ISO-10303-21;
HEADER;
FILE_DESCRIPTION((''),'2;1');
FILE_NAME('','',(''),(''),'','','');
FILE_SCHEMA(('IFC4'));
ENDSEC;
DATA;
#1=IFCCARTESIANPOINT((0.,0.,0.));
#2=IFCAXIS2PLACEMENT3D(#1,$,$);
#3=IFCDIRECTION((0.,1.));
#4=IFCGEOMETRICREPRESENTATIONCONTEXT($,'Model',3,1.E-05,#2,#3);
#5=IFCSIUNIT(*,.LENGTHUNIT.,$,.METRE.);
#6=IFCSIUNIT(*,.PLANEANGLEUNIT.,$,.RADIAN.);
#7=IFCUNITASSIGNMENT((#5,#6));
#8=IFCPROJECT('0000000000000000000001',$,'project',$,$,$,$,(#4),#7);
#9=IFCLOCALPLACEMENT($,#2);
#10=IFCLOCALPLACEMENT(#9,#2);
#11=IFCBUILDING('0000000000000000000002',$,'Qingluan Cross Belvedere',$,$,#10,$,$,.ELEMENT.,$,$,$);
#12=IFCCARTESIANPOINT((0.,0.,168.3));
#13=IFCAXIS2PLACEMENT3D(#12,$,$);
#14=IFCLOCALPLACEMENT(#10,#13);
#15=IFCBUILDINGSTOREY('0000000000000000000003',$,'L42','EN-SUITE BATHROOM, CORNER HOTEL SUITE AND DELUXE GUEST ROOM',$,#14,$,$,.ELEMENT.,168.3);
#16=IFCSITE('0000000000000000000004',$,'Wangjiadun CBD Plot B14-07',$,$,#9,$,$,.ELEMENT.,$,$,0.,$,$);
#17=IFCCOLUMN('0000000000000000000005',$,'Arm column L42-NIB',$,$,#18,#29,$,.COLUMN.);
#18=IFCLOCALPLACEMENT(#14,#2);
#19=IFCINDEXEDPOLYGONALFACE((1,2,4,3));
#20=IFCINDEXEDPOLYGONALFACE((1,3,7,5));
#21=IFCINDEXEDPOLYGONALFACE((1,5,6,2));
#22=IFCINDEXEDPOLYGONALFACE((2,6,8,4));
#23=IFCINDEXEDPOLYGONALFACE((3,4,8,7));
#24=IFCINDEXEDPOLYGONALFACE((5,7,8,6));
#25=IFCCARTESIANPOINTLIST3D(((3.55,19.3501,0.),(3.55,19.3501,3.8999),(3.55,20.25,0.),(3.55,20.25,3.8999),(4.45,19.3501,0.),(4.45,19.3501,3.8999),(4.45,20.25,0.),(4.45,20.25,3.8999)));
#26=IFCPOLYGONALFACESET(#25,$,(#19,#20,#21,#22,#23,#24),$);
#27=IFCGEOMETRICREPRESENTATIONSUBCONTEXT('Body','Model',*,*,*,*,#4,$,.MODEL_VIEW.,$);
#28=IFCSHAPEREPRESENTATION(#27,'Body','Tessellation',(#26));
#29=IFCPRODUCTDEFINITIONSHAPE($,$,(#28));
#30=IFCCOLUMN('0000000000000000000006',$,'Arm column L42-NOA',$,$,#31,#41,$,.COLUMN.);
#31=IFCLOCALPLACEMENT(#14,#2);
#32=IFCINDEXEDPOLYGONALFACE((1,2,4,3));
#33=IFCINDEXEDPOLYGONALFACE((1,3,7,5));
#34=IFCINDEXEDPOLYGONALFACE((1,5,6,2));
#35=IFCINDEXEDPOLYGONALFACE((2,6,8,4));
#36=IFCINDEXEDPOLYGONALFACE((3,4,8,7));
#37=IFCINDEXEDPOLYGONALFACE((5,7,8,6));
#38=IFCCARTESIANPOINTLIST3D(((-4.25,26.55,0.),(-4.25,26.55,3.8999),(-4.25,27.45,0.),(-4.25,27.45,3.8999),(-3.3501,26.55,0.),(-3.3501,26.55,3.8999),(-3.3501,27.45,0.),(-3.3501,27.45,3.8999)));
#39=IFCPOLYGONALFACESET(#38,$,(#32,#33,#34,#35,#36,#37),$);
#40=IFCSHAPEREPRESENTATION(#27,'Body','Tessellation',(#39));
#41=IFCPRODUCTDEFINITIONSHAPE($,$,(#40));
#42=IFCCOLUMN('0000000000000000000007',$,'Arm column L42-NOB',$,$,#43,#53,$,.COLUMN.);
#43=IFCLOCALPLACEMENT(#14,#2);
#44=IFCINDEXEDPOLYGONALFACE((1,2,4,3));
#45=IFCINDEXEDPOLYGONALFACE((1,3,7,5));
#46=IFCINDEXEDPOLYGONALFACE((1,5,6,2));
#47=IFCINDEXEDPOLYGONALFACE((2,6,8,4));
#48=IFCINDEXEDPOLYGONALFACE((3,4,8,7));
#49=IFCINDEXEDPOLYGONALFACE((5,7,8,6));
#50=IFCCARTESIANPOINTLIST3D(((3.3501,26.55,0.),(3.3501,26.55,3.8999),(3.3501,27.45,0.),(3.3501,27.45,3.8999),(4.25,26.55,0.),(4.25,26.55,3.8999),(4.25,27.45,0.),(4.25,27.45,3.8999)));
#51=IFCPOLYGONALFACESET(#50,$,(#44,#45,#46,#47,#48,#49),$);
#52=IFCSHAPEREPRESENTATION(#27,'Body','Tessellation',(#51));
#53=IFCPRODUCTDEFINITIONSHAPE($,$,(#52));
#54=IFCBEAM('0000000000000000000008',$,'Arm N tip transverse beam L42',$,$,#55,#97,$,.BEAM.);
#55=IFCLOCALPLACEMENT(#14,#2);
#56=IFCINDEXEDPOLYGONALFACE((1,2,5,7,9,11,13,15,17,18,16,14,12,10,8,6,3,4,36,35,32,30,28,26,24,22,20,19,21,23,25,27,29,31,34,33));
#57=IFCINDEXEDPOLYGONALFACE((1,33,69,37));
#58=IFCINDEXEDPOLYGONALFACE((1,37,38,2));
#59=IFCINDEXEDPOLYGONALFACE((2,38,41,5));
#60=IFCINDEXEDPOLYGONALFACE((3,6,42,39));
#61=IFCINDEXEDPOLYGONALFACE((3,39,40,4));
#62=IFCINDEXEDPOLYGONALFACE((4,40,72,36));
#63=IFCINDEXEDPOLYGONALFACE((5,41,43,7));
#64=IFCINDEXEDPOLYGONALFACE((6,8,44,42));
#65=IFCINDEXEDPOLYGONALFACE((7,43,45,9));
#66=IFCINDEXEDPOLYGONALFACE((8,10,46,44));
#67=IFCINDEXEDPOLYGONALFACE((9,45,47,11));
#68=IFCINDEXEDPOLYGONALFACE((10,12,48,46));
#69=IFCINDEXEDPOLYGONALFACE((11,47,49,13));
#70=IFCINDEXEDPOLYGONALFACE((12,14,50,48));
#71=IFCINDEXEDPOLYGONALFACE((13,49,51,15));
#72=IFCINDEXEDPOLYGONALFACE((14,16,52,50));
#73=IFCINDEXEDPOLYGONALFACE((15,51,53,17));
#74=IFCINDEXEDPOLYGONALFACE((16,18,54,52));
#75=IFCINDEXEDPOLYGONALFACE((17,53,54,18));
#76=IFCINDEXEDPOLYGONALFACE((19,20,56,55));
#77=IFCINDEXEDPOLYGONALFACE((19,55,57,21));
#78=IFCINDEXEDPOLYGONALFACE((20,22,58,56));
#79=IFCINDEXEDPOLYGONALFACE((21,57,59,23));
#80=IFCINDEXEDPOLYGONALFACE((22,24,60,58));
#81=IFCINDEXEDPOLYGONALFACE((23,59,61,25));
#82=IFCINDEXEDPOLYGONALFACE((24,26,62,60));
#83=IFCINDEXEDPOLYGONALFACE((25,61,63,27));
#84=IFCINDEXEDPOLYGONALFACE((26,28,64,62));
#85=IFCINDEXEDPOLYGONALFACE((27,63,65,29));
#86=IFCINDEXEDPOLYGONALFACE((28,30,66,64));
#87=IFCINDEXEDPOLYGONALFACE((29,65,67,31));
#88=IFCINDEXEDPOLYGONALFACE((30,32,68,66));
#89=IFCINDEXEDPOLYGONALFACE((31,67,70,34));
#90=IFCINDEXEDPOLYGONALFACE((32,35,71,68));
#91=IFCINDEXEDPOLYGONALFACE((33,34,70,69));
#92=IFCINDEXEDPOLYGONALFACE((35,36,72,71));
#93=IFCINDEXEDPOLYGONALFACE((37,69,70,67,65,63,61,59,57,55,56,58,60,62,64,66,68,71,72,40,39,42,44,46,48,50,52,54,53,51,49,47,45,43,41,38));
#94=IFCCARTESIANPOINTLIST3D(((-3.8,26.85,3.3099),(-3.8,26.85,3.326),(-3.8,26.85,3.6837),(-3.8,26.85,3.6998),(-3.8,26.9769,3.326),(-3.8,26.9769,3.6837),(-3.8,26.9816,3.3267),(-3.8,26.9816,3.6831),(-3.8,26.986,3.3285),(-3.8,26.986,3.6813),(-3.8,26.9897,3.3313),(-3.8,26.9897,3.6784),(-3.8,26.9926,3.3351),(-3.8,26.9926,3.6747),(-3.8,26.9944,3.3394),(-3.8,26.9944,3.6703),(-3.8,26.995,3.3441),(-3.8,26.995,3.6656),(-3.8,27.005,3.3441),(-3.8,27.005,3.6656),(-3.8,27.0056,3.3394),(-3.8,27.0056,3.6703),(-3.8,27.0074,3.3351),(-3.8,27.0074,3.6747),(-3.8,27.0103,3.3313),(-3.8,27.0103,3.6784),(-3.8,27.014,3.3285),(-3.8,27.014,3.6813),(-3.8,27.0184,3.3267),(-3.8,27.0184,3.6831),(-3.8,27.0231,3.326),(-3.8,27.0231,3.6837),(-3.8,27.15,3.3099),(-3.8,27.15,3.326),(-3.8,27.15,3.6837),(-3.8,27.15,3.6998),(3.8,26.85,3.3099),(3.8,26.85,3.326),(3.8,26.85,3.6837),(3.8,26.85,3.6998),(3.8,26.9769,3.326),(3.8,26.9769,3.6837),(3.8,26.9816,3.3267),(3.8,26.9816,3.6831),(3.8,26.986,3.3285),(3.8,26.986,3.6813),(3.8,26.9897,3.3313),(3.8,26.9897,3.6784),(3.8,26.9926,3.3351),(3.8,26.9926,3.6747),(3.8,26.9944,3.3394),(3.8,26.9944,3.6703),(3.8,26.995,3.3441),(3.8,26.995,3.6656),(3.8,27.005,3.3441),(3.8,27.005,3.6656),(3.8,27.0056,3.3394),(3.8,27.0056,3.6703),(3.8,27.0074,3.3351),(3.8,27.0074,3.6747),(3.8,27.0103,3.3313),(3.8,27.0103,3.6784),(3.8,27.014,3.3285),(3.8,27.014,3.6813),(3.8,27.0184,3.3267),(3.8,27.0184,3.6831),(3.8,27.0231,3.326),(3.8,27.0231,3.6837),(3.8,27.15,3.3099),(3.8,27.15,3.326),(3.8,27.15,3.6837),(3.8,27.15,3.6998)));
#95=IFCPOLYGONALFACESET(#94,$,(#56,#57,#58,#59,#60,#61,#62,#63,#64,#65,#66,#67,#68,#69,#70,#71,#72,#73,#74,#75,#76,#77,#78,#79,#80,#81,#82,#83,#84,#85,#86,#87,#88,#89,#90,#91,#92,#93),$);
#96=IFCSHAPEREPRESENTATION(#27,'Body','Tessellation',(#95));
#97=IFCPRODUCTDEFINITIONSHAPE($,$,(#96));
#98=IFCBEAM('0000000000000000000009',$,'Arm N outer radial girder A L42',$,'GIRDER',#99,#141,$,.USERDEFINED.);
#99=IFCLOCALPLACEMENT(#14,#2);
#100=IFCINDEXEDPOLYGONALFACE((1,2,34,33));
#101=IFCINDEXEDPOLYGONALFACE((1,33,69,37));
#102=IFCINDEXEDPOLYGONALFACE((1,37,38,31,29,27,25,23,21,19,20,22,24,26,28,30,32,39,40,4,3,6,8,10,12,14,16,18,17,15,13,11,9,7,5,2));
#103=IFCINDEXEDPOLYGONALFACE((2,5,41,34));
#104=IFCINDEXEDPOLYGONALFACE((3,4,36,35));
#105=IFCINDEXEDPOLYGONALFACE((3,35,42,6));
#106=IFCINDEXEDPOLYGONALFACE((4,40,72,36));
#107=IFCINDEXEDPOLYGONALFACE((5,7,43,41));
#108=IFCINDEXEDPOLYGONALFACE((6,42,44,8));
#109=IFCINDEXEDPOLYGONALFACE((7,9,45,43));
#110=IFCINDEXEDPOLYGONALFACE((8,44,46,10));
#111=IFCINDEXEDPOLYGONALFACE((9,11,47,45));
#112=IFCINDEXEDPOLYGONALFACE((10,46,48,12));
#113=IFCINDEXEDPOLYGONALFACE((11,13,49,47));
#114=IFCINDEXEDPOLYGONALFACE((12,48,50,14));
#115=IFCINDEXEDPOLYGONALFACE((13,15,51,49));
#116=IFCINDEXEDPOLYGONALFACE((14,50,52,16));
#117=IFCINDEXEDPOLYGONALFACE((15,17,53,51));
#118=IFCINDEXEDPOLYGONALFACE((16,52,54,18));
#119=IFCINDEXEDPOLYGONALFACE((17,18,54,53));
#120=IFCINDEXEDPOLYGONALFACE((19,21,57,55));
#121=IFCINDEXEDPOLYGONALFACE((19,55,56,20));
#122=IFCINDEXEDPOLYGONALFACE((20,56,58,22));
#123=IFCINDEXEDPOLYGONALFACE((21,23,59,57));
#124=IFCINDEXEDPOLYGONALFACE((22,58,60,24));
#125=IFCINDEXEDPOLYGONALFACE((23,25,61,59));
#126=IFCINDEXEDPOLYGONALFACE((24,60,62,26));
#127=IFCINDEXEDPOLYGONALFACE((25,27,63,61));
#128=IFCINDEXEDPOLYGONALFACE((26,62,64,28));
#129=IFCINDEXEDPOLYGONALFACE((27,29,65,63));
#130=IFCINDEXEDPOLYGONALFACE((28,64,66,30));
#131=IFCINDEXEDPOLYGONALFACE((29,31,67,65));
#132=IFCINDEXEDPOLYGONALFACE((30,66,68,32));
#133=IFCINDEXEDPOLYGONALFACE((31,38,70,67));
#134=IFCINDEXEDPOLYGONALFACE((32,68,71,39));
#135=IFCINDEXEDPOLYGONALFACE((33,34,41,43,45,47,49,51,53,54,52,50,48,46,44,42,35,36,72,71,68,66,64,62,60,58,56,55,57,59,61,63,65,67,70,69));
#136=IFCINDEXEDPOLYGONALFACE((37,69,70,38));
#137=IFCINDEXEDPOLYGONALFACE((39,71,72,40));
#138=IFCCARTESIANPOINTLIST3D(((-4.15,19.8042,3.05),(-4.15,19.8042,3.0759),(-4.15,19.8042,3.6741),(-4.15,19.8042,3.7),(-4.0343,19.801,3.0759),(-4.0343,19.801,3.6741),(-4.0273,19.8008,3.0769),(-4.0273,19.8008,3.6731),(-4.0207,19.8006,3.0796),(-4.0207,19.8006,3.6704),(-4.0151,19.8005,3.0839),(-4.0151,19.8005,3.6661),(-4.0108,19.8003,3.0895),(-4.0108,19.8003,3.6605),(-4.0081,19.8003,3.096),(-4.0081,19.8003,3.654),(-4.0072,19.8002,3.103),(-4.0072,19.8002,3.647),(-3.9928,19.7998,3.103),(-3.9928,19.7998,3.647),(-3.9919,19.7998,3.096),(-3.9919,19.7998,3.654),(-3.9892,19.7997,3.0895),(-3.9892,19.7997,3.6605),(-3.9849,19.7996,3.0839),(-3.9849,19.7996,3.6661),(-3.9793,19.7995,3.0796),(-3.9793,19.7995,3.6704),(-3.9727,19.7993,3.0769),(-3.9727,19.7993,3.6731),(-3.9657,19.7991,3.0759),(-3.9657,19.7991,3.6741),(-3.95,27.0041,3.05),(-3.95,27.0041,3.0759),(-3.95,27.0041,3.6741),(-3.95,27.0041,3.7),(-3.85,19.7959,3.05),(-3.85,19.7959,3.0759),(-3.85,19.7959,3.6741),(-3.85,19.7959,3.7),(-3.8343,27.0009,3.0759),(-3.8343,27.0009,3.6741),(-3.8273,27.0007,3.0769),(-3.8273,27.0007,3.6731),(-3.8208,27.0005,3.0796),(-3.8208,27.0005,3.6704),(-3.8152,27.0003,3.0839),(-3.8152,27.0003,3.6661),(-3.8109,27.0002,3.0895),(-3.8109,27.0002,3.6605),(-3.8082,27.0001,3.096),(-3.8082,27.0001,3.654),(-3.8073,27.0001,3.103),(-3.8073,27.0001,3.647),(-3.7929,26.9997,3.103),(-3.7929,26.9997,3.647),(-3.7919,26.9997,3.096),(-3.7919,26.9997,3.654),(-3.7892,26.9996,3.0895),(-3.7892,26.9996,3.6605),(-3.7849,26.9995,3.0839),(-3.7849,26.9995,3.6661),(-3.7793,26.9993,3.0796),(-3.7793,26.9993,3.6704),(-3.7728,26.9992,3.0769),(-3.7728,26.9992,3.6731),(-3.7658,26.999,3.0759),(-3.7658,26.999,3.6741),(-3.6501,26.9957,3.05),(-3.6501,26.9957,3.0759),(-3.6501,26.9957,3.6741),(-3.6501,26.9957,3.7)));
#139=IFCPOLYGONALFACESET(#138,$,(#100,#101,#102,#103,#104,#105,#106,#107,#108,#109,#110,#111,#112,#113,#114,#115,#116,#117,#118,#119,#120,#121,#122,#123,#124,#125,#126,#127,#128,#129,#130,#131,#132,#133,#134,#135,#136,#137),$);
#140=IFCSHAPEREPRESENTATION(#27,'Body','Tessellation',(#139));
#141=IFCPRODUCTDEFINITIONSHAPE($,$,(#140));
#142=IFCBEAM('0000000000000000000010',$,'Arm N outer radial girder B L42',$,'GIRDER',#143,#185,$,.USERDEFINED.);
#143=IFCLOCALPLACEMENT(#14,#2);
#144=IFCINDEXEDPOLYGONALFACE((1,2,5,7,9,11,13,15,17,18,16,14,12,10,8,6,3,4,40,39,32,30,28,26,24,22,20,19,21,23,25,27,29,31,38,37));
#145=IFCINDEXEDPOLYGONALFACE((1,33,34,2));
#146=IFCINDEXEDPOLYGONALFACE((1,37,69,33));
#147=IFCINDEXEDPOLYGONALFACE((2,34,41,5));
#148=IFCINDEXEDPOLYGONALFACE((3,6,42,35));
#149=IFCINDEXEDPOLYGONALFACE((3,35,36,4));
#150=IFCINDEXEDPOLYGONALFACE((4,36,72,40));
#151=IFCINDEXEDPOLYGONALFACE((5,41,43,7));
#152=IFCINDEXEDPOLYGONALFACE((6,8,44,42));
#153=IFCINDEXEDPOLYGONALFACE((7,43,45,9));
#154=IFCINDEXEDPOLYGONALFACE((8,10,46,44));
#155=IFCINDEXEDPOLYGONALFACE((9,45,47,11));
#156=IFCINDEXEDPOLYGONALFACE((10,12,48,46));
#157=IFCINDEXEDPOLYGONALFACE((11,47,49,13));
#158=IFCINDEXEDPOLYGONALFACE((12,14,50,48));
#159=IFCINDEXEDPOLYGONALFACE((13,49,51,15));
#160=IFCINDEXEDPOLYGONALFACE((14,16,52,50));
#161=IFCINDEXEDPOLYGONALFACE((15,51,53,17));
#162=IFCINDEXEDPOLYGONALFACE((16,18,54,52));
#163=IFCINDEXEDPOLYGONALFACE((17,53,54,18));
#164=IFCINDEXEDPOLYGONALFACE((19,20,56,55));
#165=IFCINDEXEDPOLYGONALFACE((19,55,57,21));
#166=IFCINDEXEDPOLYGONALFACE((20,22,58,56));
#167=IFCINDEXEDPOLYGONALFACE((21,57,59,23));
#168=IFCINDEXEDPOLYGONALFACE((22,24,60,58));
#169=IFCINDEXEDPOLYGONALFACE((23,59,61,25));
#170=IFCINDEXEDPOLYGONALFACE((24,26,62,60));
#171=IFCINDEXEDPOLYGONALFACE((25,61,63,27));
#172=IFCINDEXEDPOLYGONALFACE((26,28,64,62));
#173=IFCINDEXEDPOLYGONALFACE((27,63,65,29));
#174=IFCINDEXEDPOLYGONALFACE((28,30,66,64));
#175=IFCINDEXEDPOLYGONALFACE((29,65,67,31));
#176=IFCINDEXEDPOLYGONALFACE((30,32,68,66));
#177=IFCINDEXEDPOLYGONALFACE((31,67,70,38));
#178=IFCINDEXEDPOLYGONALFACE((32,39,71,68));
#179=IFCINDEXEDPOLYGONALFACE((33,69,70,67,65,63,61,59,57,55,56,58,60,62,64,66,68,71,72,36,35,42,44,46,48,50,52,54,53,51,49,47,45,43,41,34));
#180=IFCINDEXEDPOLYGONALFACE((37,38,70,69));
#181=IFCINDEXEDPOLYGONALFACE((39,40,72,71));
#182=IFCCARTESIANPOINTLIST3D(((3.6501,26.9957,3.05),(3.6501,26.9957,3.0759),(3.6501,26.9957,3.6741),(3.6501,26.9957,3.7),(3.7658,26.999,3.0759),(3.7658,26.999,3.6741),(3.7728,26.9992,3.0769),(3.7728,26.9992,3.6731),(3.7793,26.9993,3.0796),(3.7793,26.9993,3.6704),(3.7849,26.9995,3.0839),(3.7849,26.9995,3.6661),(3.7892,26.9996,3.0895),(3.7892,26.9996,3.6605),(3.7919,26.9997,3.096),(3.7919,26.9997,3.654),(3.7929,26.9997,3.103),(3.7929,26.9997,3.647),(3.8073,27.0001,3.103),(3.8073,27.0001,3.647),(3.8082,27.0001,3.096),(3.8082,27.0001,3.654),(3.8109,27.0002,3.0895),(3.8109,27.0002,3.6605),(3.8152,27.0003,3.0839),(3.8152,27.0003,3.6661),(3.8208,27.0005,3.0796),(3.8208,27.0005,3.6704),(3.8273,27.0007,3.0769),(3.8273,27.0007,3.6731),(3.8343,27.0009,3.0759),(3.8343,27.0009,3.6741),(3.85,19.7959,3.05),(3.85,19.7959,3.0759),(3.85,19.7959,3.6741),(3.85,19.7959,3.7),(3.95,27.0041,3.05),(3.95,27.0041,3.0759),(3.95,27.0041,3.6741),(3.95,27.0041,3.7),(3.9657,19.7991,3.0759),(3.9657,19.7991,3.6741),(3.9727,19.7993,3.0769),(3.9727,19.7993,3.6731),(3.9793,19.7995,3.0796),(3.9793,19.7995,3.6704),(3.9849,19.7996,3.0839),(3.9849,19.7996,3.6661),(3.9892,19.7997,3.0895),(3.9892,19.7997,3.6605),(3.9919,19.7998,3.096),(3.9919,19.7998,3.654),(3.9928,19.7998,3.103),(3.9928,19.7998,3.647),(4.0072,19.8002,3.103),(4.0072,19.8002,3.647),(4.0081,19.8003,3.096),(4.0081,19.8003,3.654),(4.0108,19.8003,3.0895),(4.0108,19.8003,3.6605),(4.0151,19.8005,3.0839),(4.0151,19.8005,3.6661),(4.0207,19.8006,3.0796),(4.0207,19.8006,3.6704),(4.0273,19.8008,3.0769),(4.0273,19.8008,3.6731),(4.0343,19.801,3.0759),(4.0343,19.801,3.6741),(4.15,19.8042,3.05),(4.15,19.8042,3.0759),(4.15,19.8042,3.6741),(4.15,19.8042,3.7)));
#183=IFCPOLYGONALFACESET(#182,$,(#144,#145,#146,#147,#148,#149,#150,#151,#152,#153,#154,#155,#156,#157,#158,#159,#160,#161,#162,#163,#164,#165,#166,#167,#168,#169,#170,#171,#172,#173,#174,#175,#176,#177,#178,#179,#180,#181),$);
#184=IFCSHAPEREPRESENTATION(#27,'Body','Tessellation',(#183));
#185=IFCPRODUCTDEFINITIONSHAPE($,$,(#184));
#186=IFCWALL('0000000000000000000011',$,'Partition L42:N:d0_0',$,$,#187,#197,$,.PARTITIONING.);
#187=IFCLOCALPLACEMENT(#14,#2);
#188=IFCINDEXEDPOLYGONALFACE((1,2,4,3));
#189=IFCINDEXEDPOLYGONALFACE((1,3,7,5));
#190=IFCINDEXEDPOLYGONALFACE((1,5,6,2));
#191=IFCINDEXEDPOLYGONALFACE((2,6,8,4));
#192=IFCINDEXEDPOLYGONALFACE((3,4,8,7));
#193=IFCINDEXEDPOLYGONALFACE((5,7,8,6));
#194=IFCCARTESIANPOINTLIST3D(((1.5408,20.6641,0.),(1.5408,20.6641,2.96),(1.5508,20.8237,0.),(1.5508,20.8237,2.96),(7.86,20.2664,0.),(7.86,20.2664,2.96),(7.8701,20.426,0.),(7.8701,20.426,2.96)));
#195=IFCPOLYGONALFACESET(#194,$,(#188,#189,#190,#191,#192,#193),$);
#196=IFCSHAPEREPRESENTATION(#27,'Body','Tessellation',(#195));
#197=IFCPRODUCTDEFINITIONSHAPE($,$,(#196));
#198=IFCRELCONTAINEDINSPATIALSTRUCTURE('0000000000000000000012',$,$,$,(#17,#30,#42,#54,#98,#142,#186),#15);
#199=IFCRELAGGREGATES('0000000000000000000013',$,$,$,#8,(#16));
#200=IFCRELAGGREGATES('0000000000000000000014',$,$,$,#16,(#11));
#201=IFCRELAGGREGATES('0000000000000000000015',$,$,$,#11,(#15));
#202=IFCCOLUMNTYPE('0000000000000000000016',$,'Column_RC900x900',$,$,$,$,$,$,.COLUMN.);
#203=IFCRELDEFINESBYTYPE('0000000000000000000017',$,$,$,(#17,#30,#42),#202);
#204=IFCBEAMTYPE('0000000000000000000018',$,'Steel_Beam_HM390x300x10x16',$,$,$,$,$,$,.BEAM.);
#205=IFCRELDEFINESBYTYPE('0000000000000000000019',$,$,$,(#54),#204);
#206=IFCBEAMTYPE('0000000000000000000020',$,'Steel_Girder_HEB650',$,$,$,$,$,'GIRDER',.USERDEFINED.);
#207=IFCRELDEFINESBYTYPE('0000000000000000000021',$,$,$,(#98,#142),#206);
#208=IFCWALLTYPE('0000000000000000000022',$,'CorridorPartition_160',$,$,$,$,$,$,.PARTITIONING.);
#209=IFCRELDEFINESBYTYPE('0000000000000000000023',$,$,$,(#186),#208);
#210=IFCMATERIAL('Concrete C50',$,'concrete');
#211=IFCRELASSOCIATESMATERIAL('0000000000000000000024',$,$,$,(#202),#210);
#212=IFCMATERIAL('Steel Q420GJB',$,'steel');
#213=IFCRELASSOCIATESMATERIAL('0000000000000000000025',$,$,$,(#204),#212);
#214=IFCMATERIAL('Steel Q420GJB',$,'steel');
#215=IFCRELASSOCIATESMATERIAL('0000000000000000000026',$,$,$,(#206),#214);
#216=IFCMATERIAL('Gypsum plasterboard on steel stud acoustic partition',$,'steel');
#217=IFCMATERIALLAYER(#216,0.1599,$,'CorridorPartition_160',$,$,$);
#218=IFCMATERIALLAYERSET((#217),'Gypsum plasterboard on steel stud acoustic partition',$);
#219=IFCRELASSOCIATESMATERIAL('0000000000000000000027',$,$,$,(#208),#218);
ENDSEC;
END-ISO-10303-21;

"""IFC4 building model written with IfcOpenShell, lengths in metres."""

from ifc_helpers import new_model, si_unit, direction, frame, frame_2d, origin, origin_2d, place, context, subcontext, project, spatial, rectangle, i_section, extrude, material, layer, layer_set, material_profile, profile_set, type_object, element, save


model = new_model("IFC4")

# Units and contexts
model_context = context("Model", 3, precision=1e-05, world=origin(), true_north=direction((0.0, 1.0)))
body_context = subcontext(model_context, "Body", "Model", "MODEL_VIEW")
ifc_project = project(units=[si_unit("LENGTHUNIT", "METRE"), si_unit("PLANEANGLEUNIT", "RADIAN")], contexts=[model_context])

# Site, building, storey
site_placement = place(None, origin())
site = spatial("IfcSite", under=ifc_project, at=site_placement, Name="Wangjiadun CBD Plot B14-07", CompositionType="ELEMENT", RefElevation=0.0)
building_placement = place(site_placement, origin())
building = spatial("IfcBuilding", under=site, at=building_placement, Name="Qingluan Cross Belvedere", CompositionType="ELEMENT")
storey_placement = place(building_placement, frame((0.0, 0.0, 168.3)))
storey = spatial("IfcBuildingStorey", under=building, at=storey_placement, Name="L42", Description="EN-SUITE BATHROOM, CORNER HOTEL SUITE AND DELUXE GUEST ROOM", CompositionType="ELEMENT", Elevation=168.3)

# Columns
ifc_material_1 = material(Name="Concrete C50", Category="concrete")
ifc_material_profile_1 = material_profile(ifc_material_1, rectangle(XDim=0.8999, YDim=0.8999, at=origin_2d()), Name="RC900x900")
ifc_profile_set_1 = profile_set([ifc_material_profile_1], Name="Concrete C50")
column_type = type_object("IfcColumnType", Name="Column_RC900x900", PredefinedType="COLUMN", material=ifc_profile_set_1)
for number, where, z_axis, x_axis, name in (
    (1, (4.0, 19.8, 0.0), (0.0, 0.0, 1.0), (1.0, 0.0, 0.0), "Arm column L42-NIB"),
    (2, (-3.8, 27.0, 0.0), (0.0, 0.0, 1.0), (1.0, 0.0, 0.0), "Arm column L42-NOA"),
    (3, (3.8, 27.0, 0.0), (0.0, 0.0, 1.0), (1.0, 0.0, 0.0), "Arm column L42-NOB"),
):
    element("IfcColumn", number, at=place(storey_placement, frame(where, z_axis=z_axis, x_axis=x_axis)), inside=storey, type_object=column_type, Name=name, PredefinedType="COLUMN", context=body_context, shape_type="SweptSolid", body=[
        extrude(rectangle(XDim=0.8999, YDim=0.8999, at=origin_2d()), origin(), (0.0, 0.0, 1.0), 3.8999),
    ])

# Beams
ifc_material_2 = material(Name="Steel Q420GJB", Category="steel")
ifc_material_profile_2 = material_profile(ifc_material_2, i_section(OverallWidth=0.3, OverallDepth=0.3899, WebThickness=0.01, FlangeThickness=0.0161, FilletRadius=0.0181, at=origin_2d()), Name="HM390x300x10x16")
ifc_profile_set_2 = profile_set([ifc_material_profile_2], Name="Steel Q420GJB")
beam_type_1 = type_object("IfcBeamType", Name="Steel_Beam_HM390x300x10x16", PredefinedType="BEAM", material=ifc_profile_set_2)
beam_placement = place(storey_placement, frame((-3.8, 27.0, 3.5049), z_axis=(1.0, 0.0, 0.0), x_axis=(0.0, 1.0, 0.0)))
element("IfcBeam", 4, at=beam_placement, inside=storey, type_object=beam_type_1, Name="Arm N tip transverse beam L42", PredefinedType="BEAM", context=body_context, shape_type="SweptSolid", body=[
    extrude(i_section(OverallWidth=0.3, OverallDepth=0.3899, WebThickness=0.01, FlangeThickness=0.0161, FilletRadius=0.0181, at=origin_2d()), origin(), (0.0, 0.0, 1.0), 7.6001),
])
ifc_material_3 = material(Name="Steel Q420GJB", Category="steel")
ifc_material_profile_3 = material_profile(ifc_material_3, i_section(OverallWidth=0.3, OverallDepth=0.6499, WebThickness=0.0144, FlangeThickness=0.0259, FilletRadius=0.0271, at=origin_2d()), Name="HEB650")
ifc_profile_set_3 = profile_set([ifc_material_profile_3], Name="Steel Q420GJB")
beam_type_2 = type_object("IfcBeamType", Name="Steel_Girder_HEB650", ElementType="GIRDER", PredefinedType="USERDEFINED", material=ifc_profile_set_3)
for number, where, z_axis, x_axis, name in (
    (5, (-4.0, 19.8, 3.375), (0.02776, 0.999615, 0.0), (-0.999615, 0.02776, 0.0), "Arm N outer radial girder A L42"),
    (6, (4.0, 19.8, 3.375), (-0.02776, 0.999615, 0.0), (-0.999615, -0.02776, 0.0), "Arm N outer radial girder B L42"),
):
    element("IfcBeam", number, at=place(storey_placement, frame(where, z_axis=z_axis, x_axis=x_axis)), inside=storey, type_object=beam_type_2, Name=name, ObjectType="GIRDER", PredefinedType="USERDEFINED", context=body_context, shape_type="SweptSolid", body=[
        extrude(i_section(OverallWidth=0.3, OverallDepth=0.6499, WebThickness=0.0144, FlangeThickness=0.0259, FilletRadius=0.0271, at=origin_2d()), origin(), (0.0, 0.0, 1.0), 7.2026),
    ])

# Wall
ifc_material_4 = material(Name="Gypsum plasterboard on steel stud acoustic partition", Category="steel")
ifc_layer_1 = layer(ifc_material_4, 0.1599, Name="CorridorPartition_160")
ifc_layer_set_1 = layer_set([ifc_layer_1], Name="Gypsum plasterboard on steel stud acoustic partition")
wall_type_1 = type_object("IfcWallType", Name="CorridorPartition_160", PredefinedType="PARTITIONING", material=ifc_layer_set_1)
wall_1_placement = place(storey_placement, frame((1.5457, 20.7439, 0.0), z_axis=(0.0, 0.0, 1.0), x_axis=(0.998025, -0.06281, 0.0)))
element("IfcWall", 7, at=wall_1_placement, inside=storey, type_object=wall_type_1, Name="Partition L42:N:d0_0", PredefinedType="PARTITIONING", context=body_context, shape_type="SweptSolid", body=[
    extrude(rectangle(XDim=6.3318, YDim=0.1599, at=frame_2d((3.166, 0.0))), origin(), (0.0, 0.0, 1.0), 2.96),
])

save(model, "model.ifc")
